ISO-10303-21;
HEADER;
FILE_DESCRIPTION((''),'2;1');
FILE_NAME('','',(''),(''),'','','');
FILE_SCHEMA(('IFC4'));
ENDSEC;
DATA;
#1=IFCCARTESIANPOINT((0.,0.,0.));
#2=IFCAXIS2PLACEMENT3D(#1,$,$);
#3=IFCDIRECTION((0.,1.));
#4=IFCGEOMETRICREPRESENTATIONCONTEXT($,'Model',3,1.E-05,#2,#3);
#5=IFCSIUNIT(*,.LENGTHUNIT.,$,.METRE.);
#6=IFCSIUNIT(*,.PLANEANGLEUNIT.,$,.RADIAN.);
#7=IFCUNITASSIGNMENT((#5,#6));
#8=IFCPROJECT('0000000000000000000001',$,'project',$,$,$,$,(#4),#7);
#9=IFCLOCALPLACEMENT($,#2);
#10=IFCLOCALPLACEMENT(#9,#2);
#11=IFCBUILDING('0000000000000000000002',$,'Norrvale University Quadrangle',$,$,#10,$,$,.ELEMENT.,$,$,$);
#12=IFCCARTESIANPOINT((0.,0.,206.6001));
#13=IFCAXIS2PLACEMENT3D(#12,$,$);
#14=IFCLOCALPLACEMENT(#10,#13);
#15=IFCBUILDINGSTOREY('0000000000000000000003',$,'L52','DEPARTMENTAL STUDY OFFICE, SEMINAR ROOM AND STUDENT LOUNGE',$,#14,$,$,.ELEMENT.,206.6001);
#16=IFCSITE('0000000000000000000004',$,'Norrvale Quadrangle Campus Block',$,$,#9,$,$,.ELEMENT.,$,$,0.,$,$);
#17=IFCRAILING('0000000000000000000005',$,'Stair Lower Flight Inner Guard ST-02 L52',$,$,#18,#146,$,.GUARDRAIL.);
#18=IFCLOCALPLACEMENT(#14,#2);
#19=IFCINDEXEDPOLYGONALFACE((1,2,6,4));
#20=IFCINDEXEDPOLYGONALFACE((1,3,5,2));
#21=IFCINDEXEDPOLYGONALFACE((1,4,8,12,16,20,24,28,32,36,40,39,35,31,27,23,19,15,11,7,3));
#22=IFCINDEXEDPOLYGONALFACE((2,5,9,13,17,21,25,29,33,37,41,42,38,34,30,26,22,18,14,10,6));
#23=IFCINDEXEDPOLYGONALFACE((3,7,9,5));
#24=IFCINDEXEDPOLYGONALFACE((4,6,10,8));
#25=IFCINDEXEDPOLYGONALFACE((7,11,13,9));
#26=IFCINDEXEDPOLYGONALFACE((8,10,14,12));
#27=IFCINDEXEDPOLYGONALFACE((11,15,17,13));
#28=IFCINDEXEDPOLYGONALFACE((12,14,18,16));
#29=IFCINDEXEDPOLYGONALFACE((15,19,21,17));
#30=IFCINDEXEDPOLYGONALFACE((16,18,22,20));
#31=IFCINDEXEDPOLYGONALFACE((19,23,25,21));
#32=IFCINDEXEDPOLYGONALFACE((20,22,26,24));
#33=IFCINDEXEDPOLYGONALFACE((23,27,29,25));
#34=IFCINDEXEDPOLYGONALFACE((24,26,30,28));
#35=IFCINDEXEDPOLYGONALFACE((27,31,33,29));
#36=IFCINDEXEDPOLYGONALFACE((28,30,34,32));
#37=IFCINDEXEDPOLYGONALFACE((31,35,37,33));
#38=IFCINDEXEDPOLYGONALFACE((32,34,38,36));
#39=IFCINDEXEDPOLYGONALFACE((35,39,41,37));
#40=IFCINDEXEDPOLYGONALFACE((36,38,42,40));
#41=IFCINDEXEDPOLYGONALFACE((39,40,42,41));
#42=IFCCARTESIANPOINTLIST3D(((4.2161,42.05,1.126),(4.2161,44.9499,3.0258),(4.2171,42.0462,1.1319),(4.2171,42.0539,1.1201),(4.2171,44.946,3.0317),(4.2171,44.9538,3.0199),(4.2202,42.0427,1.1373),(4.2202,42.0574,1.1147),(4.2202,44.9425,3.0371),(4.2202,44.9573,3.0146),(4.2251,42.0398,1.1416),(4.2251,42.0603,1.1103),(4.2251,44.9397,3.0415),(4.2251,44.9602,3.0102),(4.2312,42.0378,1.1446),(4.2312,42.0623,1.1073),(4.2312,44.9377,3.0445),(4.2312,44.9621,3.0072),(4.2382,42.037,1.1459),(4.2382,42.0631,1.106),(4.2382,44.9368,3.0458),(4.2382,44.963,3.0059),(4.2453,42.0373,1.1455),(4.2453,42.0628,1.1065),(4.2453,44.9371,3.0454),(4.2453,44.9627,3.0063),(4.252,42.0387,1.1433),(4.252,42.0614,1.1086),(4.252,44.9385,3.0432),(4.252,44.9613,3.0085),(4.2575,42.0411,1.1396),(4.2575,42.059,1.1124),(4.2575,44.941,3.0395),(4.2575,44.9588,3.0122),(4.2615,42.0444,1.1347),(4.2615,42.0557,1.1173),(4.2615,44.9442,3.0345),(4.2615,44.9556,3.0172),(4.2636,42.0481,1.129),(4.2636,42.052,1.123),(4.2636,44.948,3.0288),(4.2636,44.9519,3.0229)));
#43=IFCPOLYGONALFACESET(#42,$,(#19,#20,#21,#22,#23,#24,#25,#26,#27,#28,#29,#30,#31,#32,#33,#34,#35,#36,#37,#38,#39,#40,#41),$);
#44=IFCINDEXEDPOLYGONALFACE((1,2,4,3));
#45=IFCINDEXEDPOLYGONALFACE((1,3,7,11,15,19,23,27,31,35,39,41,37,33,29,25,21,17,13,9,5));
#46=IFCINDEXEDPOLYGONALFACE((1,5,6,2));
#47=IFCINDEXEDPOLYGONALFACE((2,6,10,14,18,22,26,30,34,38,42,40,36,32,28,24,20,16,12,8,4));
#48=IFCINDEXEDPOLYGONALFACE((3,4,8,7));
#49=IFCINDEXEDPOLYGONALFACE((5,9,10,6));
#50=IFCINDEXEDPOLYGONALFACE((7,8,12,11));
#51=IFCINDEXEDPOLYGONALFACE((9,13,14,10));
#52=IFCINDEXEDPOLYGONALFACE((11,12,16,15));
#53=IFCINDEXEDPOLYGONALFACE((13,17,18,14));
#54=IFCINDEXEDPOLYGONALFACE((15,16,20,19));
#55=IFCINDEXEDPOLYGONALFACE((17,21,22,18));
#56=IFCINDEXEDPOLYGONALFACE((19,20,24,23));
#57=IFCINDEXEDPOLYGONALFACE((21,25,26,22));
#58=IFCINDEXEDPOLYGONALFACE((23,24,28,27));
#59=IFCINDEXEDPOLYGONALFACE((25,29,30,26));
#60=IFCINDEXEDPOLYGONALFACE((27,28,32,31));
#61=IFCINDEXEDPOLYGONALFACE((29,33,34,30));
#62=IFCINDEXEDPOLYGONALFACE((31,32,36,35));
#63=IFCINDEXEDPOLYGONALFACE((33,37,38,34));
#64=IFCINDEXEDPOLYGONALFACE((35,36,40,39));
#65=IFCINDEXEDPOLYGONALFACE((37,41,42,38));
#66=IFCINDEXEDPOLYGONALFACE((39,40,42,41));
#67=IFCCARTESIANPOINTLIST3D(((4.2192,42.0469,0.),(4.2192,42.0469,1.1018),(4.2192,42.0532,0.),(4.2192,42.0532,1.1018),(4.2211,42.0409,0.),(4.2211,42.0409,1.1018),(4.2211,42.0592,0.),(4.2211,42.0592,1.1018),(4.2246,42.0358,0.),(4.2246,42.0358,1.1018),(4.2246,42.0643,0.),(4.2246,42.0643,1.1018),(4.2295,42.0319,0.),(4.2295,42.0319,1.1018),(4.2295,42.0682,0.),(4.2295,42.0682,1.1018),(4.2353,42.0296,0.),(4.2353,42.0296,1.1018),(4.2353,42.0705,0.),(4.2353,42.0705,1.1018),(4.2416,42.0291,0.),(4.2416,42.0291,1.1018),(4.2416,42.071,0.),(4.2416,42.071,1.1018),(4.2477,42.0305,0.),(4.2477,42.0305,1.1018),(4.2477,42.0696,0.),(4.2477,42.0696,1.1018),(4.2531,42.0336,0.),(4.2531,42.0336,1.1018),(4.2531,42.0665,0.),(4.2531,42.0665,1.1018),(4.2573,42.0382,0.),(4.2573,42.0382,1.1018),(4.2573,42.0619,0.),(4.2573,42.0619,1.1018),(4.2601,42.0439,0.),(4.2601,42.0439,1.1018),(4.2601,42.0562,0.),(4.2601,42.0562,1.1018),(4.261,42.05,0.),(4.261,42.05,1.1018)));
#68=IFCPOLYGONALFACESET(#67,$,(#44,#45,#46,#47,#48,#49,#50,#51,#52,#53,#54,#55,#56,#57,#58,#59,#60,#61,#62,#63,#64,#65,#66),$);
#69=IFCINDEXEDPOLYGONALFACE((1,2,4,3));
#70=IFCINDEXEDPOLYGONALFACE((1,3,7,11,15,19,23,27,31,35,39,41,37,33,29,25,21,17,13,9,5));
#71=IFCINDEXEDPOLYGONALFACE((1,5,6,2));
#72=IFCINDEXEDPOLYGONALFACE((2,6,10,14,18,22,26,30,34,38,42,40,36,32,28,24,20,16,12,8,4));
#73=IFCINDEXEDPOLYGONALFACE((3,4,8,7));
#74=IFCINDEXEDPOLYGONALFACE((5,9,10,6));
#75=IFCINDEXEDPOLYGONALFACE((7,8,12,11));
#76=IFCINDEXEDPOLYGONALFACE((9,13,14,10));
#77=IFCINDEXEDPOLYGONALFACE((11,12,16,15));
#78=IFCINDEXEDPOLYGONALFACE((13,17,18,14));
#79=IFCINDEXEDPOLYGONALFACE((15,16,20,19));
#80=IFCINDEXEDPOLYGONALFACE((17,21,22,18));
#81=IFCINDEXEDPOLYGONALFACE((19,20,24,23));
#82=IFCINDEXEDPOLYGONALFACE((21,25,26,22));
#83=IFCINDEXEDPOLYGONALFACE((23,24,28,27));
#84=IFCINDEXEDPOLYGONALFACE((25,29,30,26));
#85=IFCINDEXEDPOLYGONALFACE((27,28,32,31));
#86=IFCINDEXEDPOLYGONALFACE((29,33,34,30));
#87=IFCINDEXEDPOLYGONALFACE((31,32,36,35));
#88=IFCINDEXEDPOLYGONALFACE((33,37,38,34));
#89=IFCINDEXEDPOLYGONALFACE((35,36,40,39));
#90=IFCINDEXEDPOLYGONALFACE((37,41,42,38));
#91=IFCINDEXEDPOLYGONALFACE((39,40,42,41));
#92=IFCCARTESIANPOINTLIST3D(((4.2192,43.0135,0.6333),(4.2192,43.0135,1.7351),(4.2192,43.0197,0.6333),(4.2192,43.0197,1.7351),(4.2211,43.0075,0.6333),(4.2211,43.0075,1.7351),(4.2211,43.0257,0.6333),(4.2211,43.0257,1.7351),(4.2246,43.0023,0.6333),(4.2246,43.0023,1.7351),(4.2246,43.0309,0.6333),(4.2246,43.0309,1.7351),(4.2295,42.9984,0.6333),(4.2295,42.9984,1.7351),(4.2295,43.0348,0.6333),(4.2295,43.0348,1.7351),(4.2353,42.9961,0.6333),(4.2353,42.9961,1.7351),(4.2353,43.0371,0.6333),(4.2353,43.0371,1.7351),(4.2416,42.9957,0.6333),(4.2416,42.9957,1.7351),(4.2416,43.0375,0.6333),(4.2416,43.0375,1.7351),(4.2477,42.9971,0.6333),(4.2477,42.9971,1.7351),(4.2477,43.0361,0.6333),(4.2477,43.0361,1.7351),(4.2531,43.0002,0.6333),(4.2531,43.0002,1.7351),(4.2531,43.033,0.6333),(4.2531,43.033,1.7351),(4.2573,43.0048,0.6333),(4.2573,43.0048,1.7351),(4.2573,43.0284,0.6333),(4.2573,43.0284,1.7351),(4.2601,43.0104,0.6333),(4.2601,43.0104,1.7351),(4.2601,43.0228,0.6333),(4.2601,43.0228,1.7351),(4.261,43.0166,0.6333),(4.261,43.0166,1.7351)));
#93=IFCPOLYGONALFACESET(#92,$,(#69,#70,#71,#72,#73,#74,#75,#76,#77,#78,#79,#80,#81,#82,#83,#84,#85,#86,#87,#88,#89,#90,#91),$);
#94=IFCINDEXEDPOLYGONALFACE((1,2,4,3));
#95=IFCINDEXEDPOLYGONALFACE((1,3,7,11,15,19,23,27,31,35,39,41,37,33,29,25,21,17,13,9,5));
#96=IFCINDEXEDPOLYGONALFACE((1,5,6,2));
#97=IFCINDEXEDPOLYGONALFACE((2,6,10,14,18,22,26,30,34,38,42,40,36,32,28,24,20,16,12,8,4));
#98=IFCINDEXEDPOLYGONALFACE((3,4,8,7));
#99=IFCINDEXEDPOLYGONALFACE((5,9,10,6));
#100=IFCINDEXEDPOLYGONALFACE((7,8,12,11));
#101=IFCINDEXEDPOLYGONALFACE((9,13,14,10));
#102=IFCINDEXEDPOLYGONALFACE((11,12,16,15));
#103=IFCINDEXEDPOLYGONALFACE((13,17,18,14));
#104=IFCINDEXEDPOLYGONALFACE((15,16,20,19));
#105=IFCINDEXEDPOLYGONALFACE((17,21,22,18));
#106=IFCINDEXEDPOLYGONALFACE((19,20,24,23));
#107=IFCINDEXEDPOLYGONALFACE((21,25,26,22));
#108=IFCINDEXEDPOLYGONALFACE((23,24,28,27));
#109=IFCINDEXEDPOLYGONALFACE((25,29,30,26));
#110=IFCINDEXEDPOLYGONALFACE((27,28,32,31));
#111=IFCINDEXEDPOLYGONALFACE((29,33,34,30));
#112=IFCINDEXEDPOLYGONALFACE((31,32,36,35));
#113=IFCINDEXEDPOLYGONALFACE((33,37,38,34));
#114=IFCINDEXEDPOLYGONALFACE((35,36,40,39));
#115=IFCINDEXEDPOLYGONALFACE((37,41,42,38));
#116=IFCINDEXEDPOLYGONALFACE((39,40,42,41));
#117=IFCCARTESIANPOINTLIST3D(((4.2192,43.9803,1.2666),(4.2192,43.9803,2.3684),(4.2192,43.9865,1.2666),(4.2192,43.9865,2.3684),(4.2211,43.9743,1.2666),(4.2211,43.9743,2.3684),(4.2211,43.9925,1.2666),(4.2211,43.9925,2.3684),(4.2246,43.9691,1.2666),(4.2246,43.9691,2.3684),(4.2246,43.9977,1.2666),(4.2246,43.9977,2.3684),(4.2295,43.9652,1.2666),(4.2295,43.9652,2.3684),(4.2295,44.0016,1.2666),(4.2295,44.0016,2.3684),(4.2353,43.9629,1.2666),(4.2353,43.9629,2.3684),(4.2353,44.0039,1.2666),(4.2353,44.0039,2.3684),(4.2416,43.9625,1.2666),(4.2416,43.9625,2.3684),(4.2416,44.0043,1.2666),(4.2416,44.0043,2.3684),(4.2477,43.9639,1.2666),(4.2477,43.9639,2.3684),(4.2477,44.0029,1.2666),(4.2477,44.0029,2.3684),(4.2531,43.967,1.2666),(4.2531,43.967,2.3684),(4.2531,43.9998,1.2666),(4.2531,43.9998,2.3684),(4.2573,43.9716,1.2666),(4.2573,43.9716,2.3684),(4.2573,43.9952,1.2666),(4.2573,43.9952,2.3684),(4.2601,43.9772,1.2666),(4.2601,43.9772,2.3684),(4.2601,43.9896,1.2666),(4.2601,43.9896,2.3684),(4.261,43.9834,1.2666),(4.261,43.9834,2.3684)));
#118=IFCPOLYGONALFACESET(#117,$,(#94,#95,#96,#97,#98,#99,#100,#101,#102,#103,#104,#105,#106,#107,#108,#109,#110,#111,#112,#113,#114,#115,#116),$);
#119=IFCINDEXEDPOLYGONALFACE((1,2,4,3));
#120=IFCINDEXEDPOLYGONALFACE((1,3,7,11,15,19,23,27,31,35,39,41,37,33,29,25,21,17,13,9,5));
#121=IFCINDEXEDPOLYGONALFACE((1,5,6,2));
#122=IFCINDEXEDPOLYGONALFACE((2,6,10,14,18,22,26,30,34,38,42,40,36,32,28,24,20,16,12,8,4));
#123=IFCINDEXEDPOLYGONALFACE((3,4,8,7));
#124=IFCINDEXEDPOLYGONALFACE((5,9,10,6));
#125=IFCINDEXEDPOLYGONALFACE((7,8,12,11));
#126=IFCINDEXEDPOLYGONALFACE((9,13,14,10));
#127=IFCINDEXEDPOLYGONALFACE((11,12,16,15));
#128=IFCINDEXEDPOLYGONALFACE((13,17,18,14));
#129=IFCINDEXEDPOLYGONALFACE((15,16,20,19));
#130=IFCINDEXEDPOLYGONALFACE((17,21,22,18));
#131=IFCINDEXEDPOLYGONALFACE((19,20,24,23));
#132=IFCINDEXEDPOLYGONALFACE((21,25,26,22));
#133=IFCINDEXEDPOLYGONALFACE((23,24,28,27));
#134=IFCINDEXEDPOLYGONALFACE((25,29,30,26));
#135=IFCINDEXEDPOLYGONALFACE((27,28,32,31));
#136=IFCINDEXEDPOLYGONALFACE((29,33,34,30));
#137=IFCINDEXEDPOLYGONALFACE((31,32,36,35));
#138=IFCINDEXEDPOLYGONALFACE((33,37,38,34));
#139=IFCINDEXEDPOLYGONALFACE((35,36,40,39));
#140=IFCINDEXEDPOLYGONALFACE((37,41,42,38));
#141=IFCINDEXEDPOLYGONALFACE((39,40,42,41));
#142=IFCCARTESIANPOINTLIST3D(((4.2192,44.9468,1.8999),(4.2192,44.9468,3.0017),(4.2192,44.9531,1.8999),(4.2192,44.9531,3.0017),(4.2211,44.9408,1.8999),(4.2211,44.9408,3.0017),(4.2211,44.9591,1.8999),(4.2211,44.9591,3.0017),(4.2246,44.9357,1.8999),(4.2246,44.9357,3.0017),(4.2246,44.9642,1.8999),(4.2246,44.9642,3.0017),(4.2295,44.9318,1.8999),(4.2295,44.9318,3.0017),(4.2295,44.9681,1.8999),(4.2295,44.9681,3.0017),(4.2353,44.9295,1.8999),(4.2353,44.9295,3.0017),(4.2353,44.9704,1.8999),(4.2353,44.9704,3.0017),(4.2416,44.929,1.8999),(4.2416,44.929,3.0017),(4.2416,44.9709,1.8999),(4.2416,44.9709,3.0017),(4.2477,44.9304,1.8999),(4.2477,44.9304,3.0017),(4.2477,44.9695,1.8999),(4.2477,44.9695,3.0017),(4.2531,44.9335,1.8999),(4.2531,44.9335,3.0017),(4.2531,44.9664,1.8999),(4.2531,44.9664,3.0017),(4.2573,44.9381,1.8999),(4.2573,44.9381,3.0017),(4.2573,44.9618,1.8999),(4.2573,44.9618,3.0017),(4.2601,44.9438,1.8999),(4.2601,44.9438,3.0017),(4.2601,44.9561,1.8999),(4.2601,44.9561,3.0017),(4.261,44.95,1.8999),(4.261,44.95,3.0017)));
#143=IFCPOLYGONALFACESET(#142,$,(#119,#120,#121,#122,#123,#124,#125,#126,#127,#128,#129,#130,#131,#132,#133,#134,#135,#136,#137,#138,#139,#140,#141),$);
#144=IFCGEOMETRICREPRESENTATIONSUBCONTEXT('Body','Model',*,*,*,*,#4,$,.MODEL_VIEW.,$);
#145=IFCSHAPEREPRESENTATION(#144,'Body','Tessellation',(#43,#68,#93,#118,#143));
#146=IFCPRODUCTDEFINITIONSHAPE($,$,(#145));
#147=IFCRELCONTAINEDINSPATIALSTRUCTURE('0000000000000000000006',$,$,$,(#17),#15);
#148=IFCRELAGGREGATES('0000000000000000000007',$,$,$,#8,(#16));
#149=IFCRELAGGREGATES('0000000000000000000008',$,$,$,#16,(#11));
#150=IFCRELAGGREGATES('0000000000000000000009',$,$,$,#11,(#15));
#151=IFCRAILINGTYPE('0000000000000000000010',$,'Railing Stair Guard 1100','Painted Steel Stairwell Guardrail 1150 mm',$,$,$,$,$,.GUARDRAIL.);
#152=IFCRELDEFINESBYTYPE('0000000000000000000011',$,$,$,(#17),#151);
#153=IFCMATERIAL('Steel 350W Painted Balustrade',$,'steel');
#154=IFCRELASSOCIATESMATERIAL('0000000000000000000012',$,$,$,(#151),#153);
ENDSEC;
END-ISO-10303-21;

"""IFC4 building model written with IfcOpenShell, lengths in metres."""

from ifc_helpers import new_model, si_unit, direction, frame, origin, origin_2d, place, context, subcontext, project, spatial, circle, extrude, material, type_object, element, save


model = new_model("IFC4")

# Units and contexts
model_context = context("Model", 3, precision=1e-05, world=origin(), true_north=direction((0.0, 1.0)))
body_context = subcontext(model_context, "Body", "Model", "MODEL_VIEW")
ifc_project = project(units=[si_unit("LENGTHUNIT", "METRE"), si_unit("PLANEANGLEUNIT", "RADIAN")], contexts=[model_context])

# Site, building, storey
site_placement = place(None, origin())
site = spatial("IfcSite", under=ifc_project, at=site_placement, Name="Norrvale Quadrangle Campus Block", CompositionType="ELEMENT", RefElevation=0.0)
building_placement = place(site_placement, origin())
building = spatial("IfcBuilding", under=site, at=building_placement, Name="Norrvale University Quadrangle", CompositionType="ELEMENT")
storey_placement = place(building_placement, frame((0.0, 0.0, 206.6001)))
storey = spatial("IfcBuildingStorey", under=building, at=storey_placement, Name="L52", Description="DEPARTMENTAL STUDY OFFICE, SEMINAR ROOM AND STUDENT LOUNGE", CompositionType="ELEMENT", Elevation=206.6001)

# Railing
ifc_material_1 = material(Name="Steel 350W Painted Balustrade", Category="steel")
railing_type_1 = type_object("IfcRailingType", Name="Railing Stair Guard 1100", Description="Painted Steel Stairwell Guardrail 1150 mm", PredefinedType="GUARDRAIL", material=ifc_material_1)
railing_1_placement = place(storey_placement, frame((4.24, 42.05, 0.0)))
element("IfcRailing", 1, at=railing_1_placement, inside=storey, type_object=railing_type_1, Name="Stair Lower Flight Inner Guard ST-02 L52", PredefinedType="GUARDRAIL", context=body_context, shape_type="SweptSolid", body=[
    extrude(circle(Radius=0.0239, at=origin_2d()), frame((0.0, 0.0, 1.126), z_axis=(0.0, 0.836466, 0.548019), x_axis=(-1.0, 0.0, 0.0)), (0.0, 0.0, 1.0), 3.4668),
    extrude(circle(Radius=0.021, at=origin_2d()), origin(), (0.0, 0.0, 1.0), 1.1018),
    extrude(circle(Radius=0.021, at=origin_2d()), frame((0.0, 0.9666, 0.6333)), (0.0, 0.0, 1.0), 1.1018),
    extrude(circle(Radius=0.021, at=origin_2d()), frame((0.0, 1.9333, 1.2666)), (0.0, 0.0, 1.0), 1.1018),
    extrude(circle(Radius=0.021, at=origin_2d()), frame((0.0, 2.8999, 1.8999)), (0.0, 0.0, 1.0), 1.1018),
])

save(model, "model.ifc")
